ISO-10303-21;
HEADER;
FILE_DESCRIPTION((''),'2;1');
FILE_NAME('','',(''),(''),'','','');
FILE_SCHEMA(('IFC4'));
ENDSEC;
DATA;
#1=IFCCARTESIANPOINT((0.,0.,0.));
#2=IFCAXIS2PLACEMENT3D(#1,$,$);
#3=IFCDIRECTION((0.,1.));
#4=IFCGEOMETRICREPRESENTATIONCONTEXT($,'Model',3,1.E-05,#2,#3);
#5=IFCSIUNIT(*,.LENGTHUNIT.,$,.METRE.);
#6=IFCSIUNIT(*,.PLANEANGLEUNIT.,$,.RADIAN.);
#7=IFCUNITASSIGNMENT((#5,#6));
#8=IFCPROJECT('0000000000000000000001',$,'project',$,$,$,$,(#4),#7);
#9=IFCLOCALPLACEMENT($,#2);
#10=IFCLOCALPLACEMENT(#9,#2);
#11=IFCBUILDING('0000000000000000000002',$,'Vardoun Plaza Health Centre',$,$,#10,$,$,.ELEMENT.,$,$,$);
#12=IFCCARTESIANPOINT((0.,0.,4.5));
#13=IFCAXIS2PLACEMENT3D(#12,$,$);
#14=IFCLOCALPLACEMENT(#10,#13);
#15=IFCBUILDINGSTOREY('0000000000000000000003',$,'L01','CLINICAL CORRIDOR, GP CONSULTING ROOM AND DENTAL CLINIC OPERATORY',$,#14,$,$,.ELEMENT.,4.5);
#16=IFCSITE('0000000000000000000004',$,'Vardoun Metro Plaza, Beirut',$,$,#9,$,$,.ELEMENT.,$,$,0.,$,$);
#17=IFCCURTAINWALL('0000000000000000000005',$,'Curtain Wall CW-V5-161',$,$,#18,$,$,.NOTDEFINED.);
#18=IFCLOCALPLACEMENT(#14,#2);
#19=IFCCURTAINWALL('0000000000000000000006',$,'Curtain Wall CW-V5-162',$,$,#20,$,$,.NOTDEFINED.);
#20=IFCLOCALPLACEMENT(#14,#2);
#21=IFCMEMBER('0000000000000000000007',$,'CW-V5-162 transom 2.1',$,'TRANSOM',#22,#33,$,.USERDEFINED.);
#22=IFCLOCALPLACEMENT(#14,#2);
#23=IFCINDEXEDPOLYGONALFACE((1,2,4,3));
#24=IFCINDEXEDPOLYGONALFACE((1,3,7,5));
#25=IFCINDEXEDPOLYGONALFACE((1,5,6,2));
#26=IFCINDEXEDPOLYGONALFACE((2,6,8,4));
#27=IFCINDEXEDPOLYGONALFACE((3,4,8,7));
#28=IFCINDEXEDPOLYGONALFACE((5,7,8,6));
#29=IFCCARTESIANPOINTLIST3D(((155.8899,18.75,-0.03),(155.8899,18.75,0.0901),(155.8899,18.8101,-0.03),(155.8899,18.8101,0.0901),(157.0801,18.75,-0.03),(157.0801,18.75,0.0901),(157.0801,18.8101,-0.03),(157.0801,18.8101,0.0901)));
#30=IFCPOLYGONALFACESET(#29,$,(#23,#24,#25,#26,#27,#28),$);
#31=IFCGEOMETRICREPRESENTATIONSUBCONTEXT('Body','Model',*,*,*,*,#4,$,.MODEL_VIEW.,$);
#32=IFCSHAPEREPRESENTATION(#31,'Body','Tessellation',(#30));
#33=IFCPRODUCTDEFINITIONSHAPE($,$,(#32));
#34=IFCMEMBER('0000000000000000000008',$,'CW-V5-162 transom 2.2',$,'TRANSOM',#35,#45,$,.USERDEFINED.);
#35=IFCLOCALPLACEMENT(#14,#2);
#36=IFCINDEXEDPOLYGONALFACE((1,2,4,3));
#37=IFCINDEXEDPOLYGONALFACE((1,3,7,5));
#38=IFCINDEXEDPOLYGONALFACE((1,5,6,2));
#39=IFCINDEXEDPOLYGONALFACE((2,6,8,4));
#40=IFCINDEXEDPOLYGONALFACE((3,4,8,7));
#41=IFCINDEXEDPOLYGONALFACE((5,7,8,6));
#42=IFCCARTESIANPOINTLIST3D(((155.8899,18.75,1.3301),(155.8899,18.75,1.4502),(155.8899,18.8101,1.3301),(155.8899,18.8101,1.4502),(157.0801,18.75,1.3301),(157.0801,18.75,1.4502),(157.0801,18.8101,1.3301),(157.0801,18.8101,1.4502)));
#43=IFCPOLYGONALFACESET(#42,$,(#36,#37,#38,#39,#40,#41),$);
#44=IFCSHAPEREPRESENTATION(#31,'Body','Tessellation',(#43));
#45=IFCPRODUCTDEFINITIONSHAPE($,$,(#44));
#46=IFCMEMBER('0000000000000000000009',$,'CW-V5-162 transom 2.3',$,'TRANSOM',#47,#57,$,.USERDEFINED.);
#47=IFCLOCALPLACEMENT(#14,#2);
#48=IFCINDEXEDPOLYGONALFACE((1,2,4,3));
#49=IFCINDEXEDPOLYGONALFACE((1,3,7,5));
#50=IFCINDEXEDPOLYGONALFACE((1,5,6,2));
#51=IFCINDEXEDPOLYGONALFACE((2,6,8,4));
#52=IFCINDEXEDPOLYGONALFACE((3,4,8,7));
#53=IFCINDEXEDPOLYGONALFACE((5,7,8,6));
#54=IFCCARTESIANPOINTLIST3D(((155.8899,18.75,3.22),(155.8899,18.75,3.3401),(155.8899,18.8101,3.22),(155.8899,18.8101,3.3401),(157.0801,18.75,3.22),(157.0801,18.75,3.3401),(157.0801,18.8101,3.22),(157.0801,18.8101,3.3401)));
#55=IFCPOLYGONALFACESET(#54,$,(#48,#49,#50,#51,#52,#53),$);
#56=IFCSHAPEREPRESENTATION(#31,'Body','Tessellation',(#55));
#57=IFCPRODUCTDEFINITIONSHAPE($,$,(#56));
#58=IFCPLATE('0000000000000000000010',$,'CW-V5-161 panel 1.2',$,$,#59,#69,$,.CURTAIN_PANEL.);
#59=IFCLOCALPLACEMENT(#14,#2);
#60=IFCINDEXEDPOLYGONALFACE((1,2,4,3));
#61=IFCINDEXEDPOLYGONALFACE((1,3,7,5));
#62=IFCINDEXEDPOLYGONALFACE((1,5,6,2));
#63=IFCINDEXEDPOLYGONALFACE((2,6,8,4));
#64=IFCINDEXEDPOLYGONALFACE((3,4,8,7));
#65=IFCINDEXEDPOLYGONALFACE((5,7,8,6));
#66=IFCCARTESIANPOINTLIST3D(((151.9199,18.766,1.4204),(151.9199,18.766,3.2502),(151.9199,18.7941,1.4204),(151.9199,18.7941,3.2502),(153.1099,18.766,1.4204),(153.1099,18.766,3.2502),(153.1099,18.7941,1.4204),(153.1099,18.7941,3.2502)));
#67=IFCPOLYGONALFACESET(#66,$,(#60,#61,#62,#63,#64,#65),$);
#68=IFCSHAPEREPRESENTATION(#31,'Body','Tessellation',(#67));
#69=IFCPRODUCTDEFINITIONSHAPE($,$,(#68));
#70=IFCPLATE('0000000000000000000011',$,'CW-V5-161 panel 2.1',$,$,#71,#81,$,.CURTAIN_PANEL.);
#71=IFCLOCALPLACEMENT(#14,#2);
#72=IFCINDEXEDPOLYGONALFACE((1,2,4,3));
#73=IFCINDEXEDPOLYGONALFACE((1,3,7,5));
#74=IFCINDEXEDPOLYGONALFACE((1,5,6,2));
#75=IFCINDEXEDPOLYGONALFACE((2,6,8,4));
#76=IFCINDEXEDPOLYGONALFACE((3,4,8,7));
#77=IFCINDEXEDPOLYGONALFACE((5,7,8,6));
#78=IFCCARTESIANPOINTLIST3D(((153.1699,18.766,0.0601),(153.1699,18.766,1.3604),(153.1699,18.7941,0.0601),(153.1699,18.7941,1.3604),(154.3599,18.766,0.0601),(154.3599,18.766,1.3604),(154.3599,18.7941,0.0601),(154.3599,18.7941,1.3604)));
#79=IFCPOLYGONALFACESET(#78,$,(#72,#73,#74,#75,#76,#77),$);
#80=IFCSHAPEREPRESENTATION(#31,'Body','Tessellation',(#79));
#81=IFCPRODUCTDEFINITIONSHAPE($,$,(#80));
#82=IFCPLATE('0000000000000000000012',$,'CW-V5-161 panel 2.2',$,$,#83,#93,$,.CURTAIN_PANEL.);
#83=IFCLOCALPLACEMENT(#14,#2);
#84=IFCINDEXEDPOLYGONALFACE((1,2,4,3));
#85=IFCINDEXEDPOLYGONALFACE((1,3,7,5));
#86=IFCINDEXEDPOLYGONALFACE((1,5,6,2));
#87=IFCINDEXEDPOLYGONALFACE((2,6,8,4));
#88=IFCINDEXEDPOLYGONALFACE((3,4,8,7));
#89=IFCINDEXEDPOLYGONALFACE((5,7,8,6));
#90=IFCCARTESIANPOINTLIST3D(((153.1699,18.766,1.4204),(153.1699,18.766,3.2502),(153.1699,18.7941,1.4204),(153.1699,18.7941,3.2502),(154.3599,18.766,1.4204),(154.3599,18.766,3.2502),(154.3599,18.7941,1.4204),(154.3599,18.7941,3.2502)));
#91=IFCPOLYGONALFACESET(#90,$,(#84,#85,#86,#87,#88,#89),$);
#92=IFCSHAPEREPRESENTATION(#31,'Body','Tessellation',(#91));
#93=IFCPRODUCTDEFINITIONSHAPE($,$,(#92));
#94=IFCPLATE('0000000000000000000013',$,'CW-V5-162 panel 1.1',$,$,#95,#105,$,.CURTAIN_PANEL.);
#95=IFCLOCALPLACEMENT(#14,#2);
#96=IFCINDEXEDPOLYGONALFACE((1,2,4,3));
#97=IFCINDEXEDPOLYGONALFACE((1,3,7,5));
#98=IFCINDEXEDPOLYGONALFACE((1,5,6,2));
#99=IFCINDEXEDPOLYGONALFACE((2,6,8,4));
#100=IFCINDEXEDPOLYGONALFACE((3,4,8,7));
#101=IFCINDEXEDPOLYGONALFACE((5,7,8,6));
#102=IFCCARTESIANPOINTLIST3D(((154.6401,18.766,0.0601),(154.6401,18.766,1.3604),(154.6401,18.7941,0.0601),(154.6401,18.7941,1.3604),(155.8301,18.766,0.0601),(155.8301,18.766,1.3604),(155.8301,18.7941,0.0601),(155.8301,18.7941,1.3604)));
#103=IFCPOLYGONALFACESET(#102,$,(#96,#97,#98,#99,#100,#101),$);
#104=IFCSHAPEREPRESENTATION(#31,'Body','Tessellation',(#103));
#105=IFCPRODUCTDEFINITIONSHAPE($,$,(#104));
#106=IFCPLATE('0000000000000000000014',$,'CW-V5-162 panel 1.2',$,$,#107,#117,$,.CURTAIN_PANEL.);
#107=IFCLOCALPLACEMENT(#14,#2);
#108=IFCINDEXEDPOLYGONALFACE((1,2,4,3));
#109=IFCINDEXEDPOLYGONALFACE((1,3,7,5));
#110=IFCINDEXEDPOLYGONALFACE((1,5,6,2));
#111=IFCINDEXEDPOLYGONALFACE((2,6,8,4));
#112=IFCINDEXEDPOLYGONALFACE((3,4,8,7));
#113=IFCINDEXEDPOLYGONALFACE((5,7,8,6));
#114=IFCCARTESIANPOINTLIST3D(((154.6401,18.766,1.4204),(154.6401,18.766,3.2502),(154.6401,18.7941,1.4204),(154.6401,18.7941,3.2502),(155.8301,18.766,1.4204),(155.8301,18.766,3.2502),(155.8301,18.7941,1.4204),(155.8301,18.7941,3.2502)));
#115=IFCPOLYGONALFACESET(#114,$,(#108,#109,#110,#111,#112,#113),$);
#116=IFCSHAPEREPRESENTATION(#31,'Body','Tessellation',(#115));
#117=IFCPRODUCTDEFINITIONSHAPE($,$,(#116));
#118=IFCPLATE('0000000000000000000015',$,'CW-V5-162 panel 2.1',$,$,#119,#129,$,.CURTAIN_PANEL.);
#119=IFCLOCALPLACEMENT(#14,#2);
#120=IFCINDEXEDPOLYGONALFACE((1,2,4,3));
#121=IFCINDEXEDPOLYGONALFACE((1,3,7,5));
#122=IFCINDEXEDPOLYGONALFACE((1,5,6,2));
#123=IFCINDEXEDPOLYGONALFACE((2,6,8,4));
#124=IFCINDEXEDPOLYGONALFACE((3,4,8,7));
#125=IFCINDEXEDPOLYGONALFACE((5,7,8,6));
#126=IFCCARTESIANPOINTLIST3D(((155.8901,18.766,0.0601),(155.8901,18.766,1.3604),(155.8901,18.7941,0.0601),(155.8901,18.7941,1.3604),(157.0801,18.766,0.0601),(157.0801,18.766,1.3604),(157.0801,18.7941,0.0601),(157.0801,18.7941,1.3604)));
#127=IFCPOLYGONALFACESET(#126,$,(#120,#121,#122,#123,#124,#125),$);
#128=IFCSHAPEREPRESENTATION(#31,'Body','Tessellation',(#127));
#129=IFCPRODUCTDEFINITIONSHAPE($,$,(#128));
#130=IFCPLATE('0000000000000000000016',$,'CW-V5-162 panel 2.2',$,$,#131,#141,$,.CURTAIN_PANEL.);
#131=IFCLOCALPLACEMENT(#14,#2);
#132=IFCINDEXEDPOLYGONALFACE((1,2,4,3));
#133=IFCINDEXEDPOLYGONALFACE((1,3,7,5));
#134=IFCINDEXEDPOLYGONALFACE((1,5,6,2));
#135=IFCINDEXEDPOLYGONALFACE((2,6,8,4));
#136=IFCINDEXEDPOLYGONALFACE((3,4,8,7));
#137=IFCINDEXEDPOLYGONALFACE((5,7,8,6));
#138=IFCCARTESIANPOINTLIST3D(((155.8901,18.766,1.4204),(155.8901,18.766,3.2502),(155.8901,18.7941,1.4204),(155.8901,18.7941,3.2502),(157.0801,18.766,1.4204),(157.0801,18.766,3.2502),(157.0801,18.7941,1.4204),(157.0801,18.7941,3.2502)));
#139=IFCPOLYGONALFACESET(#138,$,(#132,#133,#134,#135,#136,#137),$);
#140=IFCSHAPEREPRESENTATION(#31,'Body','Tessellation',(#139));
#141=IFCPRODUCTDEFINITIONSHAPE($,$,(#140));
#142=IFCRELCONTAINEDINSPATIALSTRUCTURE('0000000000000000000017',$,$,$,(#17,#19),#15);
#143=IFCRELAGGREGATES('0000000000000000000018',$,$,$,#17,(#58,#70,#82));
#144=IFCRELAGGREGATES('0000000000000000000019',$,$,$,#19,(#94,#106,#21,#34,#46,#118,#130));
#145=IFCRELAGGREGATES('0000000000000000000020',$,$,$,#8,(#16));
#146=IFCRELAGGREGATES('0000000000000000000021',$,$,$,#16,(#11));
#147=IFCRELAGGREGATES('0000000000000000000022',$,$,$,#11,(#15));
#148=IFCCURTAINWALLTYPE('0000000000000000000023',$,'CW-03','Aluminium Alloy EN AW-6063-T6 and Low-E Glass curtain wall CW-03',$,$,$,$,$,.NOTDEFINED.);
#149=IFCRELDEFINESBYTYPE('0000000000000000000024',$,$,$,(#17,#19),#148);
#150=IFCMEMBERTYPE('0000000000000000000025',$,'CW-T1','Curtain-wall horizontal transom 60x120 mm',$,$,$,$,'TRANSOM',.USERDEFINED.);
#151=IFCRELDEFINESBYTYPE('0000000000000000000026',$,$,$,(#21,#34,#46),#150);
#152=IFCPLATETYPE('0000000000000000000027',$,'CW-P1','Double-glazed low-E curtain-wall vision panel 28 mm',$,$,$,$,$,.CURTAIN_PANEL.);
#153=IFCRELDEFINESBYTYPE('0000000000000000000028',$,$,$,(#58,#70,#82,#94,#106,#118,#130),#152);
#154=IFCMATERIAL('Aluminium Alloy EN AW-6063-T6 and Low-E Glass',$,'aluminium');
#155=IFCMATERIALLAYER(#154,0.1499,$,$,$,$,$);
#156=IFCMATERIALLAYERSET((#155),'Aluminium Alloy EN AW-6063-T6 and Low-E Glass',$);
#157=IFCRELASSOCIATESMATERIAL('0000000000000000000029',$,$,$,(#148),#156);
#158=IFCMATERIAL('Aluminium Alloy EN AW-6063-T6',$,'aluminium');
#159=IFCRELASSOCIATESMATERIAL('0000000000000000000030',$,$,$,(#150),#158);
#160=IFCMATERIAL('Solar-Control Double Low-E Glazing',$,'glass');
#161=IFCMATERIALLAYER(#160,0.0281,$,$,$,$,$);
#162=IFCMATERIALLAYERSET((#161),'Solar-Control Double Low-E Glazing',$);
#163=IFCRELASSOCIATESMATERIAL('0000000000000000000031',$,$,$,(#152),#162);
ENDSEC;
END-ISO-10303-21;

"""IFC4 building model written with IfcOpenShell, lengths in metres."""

from ifc_helpers import new_model, si_unit, direction, frame, origin, origin_2d, place, context, subcontext, project, spatial, rectangle, extrude, material, layer, layer_set, material_profile, profile_set, type_object, element, aggregate, save


model = new_model("IFC4")

# Units and contexts
model_context = context("Model", 3, precision=1e-05, world=origin(), true_north=direction((0.0, 1.0)))
body_context = subcontext(model_context, "Body", "Model", "MODEL_VIEW")
ifc_project = project(units=[si_unit("LENGTHUNIT", "METRE"), si_unit("PLANEANGLEUNIT", "RADIAN")], contexts=[model_context])

# Site, building, storey
site_placement = place(None, origin())
site = spatial("IfcSite", under=ifc_project, at=site_placement, Name="Vardoun Metro Plaza, Beirut", CompositionType="ELEMENT", RefElevation=0.0)
building_placement = place(site_placement, origin())
building = spatial("IfcBuilding", under=site, at=building_placement, Name="Vardoun Plaza Health Centre", CompositionType="ELEMENT")
storey_placement = place(building_placement, frame((0.0, 0.0, 4.5)))
storey = spatial("IfcBuildingStorey", under=building, at=storey_placement, Name="L01", Description="CLINICAL CORRIDOR, GP CONSULTING ROOM AND DENTAL CLINIC OPERATORY", CompositionType="ELEMENT", Elevation=4.5)

# Curtain walls
ifc_material_1 = material(Name="Aluminium Alloy EN AW-6063-T6 and Low-E Glass", Category="aluminium")
ifc_layer_1 = layer(ifc_material_1, 0.1499)
ifc_layer_set_1 = layer_set([ifc_layer_1], Name="Aluminium Alloy EN AW-6063-T6 and Low-E Glass")
curtain_wall_type = type_object("IfcCurtainWallType", Name="CW-03", Description="Aluminium Alloy EN AW-6063-T6 and Low-E Glass curtain wall CW-03", PredefinedType="NOTDEFINED", material=ifc_layer_set_1)
curtain_wall_1_placement = place(storey_placement, origin())
curtain_wall_1 = element("IfcCurtainWall", 1, at=curtain_wall_1_placement, inside=storey, type_object=curtain_wall_type, Name="Curtain Wall CW-V5-161", PredefinedType="NOTDEFINED")
curtain_wall_2_placement = place(storey_placement, origin())
curtain_wall_2 = element("IfcCurtainWall", 2, at=curtain_wall_2_placement, inside=storey, type_object=curtain_wall_type, Name="Curtain Wall CW-V5-162", PredefinedType="NOTDEFINED")

# Members
ifc_material_2 = material(Name="Aluminium Alloy EN AW-6063-T6", Category="aluminium")
ifc_material_profile_1 = material_profile(ifc_material_2, rectangle(XDim=0.0601, YDim=0.1201, at=origin_2d()), Name="CWT 60x120")
ifc_profile_set_1 = profile_set([ifc_material_profile_1], Name="Aluminium Alloy EN AW-6063-T6")
member_type_1 = type_object("IfcMemberType", Name="CW-T1", Description="Curtain-wall horizontal transom 60x120 mm", ElementType="TRANSOM", PredefinedType="USERDEFINED", material=ifc_profile_set_1)
member_1_placement = place(storey_placement, frame((155.8899, 18.78, 0.03), z_axis=(1.0, 0.0, 0.0), x_axis=(0.0, 1.0, 0.0)))
member_1 = element("IfcMember", 3, at=member_1_placement, type_object=member_type_1, Name="CW-V5-162 transom 2.1", ObjectType="TRANSOM", PredefinedType="USERDEFINED", context=body_context, shape_type="SweptSolid", body=[
    extrude(rectangle(XDim=0.0601, YDim=0.1201, at=origin_2d()), origin(), (0.0, 0.0, 1.0), 1.1902),
])
member_2_placement = place(storey_placement, frame((155.8899, 18.78, 1.3901), z_axis=(1.0, 0.0, 0.0), x_axis=(0.0, 1.0, 0.0)))
member_2 = element("IfcMember", 4, at=member_2_placement, type_object=member_type_1, Name="CW-V5-162 transom 2.2", ObjectType="TRANSOM", PredefinedType="USERDEFINED", context=body_context, shape_type="SweptSolid", body=[
    extrude(rectangle(XDim=0.0601, YDim=0.1201, at=origin_2d()), origin(), (0.0, 0.0, 1.0), 1.1902),
])
member_3_placement = place(storey_placement, frame((155.8899, 18.78, 3.28), z_axis=(1.0, 0.0, 0.0), x_axis=(0.0, 1.0, 0.0)))
member_3 = element("IfcMember", 5, at=member_3_placement, type_object=member_type_1, Name="CW-V5-162 transom 2.3", ObjectType="TRANSOM", PredefinedType="USERDEFINED", context=body_context, shape_type="SweptSolid", body=[
    extrude(rectangle(XDim=0.0601, YDim=0.1201, at=origin_2d()), origin(), (0.0, 0.0, 1.0), 1.1902),
])

# Plates
ifc_material_3 = material(Name="Solar-Control Double Low-E Glazing", Category="glass")
ifc_layer_2 = layer(ifc_material_3, 0.0281)
ifc_layer_set_2 = layer_set([ifc_layer_2], Name="Solar-Control Double Low-E Glazing")
plate_type = type_object("IfcPlateType", Name="CW-P1", Description="Double-glazed low-E curtain-wall vision panel 28 mm", PredefinedType="CURTAIN_PANEL", material=ifc_layer_set_2)
plate_1_placement = place(storey_placement, frame((152.5149, 18.78, 1.4204), z_axis=(0.0, 0.0, 1.0), x_axis=(1.0, 0.0, 0.0)))
plate_1 = element("IfcPlate", 6, at=plate_1_placement, type_object=plate_type, Name="CW-V5-161 panel 1.2", PredefinedType="CURTAIN_PANEL", context=body_context, shape_type="SweptSolid", body=[
    extrude(rectangle(XDim=1.1899, YDim=0.0281, at=origin_2d()), origin(), (0.0, 0.0, 1.0), 1.8298),
])
plate_2_placement = place(storey_placement, frame((153.7649, 18.78, 0.0601), z_axis=(0.0, 0.0, 1.0), x_axis=(1.0, 0.0, 0.0)))
plate_2 = element("IfcPlate", 7, at=plate_2_placement, type_object=plate_type, Name="CW-V5-161 panel 2.1", PredefinedType="CURTAIN_PANEL", context=body_context, shape_type="SweptSolid", body=[
    extrude(rectangle(XDim=1.1899, YDim=0.0281, at=origin_2d()), origin(), (0.0, 0.0, 1.0), 1.3003),
])
plate_3_placement = place(storey_placement, frame((153.7649, 18.78, 1.4204), z_axis=(0.0, 0.0, 1.0), x_axis=(1.0, 0.0, 0.0)))
plate_3 = element("IfcPlate", 8, at=plate_3_placement, type_object=plate_type, Name="CW-V5-161 panel 2.2", PredefinedType="CURTAIN_PANEL", context=body_context, shape_type="SweptSolid", body=[
    extrude(rectangle(XDim=1.1899, YDim=0.0281, at=origin_2d()), origin(), (0.0, 0.0, 1.0), 1.8298),
])
aggregate(curtain_wall_1, [plate_1, plate_2, plate_3])
plate_4_placement = place(storey_placement, frame((155.2351, 18.78, 0.0601), z_axis=(0.0, 0.0, 1.0), x_axis=(1.0, 0.0, 0.0)))
plate_4 = element("IfcPlate", 9, at=plate_4_placement, type_object=plate_type, Name="CW-V5-162 panel 1.1", PredefinedType="CURTAIN_PANEL", context=body_context, shape_type="SweptSolid", body=[
    extrude(rectangle(XDim=1.1899, YDim=0.0281, at=origin_2d()), origin(), (0.0, 0.0, 1.0), 1.3003),
])
plate_5_placement = place(storey_placement, frame((155.2351, 18.78, 1.4204), z_axis=(0.0, 0.0, 1.0), x_axis=(1.0, 0.0, 0.0)))
plate_5 = element("IfcPlate", 10, at=plate_5_placement, type_object=plate_type, Name="CW-V5-162 panel 1.2", PredefinedType="CURTAIN_PANEL", context=body_context, shape_type="SweptSolid", body=[
    extrude(rectangle(XDim=1.1899, YDim=0.0281, at=origin_2d()), origin(), (0.0, 0.0, 1.0), 1.8298),
])
plate_6_placement = place(storey_placement, frame((156.4851, 18.78, 0.0601), z_axis=(0.0, 0.0, 1.0), x_axis=(1.0, 0.0, 0.0)))
plate_6 = element("IfcPlate", 11, at=plate_6_placement, type_object=plate_type, Name="CW-V5-162 panel 2.1", PredefinedType="CURTAIN_PANEL", context=body_context, shape_type="SweptSolid", body=[
    extrude(rectangle(XDim=1.1899, YDim=0.0281, at=origin_2d()), origin(), (0.0, 0.0, 1.0), 1.3003),
])
plate_7_placement = place(storey_placement, frame((156.4851, 18.78, 1.4204), z_axis=(0.0, 0.0, 1.0), x_axis=(1.0, 0.0, 0.0)))
plate_7 = element("IfcPlate", 12, at=plate_7_placement, type_object=plate_type, Name="CW-V5-162 panel 2.2", PredefinedType="CURTAIN_PANEL", context=body_context, shape_type="SweptSolid", body=[
    extrude(rectangle(XDim=1.1899, YDim=0.0281, at=origin_2d()), origin(), (0.0, 0.0, 1.0), 1.8298),
])
aggregate(curtain_wall_2, [plate_4, plate_5, member_1, member_2, member_3, plate_6, plate_7])

save(model, "model.ifc")
